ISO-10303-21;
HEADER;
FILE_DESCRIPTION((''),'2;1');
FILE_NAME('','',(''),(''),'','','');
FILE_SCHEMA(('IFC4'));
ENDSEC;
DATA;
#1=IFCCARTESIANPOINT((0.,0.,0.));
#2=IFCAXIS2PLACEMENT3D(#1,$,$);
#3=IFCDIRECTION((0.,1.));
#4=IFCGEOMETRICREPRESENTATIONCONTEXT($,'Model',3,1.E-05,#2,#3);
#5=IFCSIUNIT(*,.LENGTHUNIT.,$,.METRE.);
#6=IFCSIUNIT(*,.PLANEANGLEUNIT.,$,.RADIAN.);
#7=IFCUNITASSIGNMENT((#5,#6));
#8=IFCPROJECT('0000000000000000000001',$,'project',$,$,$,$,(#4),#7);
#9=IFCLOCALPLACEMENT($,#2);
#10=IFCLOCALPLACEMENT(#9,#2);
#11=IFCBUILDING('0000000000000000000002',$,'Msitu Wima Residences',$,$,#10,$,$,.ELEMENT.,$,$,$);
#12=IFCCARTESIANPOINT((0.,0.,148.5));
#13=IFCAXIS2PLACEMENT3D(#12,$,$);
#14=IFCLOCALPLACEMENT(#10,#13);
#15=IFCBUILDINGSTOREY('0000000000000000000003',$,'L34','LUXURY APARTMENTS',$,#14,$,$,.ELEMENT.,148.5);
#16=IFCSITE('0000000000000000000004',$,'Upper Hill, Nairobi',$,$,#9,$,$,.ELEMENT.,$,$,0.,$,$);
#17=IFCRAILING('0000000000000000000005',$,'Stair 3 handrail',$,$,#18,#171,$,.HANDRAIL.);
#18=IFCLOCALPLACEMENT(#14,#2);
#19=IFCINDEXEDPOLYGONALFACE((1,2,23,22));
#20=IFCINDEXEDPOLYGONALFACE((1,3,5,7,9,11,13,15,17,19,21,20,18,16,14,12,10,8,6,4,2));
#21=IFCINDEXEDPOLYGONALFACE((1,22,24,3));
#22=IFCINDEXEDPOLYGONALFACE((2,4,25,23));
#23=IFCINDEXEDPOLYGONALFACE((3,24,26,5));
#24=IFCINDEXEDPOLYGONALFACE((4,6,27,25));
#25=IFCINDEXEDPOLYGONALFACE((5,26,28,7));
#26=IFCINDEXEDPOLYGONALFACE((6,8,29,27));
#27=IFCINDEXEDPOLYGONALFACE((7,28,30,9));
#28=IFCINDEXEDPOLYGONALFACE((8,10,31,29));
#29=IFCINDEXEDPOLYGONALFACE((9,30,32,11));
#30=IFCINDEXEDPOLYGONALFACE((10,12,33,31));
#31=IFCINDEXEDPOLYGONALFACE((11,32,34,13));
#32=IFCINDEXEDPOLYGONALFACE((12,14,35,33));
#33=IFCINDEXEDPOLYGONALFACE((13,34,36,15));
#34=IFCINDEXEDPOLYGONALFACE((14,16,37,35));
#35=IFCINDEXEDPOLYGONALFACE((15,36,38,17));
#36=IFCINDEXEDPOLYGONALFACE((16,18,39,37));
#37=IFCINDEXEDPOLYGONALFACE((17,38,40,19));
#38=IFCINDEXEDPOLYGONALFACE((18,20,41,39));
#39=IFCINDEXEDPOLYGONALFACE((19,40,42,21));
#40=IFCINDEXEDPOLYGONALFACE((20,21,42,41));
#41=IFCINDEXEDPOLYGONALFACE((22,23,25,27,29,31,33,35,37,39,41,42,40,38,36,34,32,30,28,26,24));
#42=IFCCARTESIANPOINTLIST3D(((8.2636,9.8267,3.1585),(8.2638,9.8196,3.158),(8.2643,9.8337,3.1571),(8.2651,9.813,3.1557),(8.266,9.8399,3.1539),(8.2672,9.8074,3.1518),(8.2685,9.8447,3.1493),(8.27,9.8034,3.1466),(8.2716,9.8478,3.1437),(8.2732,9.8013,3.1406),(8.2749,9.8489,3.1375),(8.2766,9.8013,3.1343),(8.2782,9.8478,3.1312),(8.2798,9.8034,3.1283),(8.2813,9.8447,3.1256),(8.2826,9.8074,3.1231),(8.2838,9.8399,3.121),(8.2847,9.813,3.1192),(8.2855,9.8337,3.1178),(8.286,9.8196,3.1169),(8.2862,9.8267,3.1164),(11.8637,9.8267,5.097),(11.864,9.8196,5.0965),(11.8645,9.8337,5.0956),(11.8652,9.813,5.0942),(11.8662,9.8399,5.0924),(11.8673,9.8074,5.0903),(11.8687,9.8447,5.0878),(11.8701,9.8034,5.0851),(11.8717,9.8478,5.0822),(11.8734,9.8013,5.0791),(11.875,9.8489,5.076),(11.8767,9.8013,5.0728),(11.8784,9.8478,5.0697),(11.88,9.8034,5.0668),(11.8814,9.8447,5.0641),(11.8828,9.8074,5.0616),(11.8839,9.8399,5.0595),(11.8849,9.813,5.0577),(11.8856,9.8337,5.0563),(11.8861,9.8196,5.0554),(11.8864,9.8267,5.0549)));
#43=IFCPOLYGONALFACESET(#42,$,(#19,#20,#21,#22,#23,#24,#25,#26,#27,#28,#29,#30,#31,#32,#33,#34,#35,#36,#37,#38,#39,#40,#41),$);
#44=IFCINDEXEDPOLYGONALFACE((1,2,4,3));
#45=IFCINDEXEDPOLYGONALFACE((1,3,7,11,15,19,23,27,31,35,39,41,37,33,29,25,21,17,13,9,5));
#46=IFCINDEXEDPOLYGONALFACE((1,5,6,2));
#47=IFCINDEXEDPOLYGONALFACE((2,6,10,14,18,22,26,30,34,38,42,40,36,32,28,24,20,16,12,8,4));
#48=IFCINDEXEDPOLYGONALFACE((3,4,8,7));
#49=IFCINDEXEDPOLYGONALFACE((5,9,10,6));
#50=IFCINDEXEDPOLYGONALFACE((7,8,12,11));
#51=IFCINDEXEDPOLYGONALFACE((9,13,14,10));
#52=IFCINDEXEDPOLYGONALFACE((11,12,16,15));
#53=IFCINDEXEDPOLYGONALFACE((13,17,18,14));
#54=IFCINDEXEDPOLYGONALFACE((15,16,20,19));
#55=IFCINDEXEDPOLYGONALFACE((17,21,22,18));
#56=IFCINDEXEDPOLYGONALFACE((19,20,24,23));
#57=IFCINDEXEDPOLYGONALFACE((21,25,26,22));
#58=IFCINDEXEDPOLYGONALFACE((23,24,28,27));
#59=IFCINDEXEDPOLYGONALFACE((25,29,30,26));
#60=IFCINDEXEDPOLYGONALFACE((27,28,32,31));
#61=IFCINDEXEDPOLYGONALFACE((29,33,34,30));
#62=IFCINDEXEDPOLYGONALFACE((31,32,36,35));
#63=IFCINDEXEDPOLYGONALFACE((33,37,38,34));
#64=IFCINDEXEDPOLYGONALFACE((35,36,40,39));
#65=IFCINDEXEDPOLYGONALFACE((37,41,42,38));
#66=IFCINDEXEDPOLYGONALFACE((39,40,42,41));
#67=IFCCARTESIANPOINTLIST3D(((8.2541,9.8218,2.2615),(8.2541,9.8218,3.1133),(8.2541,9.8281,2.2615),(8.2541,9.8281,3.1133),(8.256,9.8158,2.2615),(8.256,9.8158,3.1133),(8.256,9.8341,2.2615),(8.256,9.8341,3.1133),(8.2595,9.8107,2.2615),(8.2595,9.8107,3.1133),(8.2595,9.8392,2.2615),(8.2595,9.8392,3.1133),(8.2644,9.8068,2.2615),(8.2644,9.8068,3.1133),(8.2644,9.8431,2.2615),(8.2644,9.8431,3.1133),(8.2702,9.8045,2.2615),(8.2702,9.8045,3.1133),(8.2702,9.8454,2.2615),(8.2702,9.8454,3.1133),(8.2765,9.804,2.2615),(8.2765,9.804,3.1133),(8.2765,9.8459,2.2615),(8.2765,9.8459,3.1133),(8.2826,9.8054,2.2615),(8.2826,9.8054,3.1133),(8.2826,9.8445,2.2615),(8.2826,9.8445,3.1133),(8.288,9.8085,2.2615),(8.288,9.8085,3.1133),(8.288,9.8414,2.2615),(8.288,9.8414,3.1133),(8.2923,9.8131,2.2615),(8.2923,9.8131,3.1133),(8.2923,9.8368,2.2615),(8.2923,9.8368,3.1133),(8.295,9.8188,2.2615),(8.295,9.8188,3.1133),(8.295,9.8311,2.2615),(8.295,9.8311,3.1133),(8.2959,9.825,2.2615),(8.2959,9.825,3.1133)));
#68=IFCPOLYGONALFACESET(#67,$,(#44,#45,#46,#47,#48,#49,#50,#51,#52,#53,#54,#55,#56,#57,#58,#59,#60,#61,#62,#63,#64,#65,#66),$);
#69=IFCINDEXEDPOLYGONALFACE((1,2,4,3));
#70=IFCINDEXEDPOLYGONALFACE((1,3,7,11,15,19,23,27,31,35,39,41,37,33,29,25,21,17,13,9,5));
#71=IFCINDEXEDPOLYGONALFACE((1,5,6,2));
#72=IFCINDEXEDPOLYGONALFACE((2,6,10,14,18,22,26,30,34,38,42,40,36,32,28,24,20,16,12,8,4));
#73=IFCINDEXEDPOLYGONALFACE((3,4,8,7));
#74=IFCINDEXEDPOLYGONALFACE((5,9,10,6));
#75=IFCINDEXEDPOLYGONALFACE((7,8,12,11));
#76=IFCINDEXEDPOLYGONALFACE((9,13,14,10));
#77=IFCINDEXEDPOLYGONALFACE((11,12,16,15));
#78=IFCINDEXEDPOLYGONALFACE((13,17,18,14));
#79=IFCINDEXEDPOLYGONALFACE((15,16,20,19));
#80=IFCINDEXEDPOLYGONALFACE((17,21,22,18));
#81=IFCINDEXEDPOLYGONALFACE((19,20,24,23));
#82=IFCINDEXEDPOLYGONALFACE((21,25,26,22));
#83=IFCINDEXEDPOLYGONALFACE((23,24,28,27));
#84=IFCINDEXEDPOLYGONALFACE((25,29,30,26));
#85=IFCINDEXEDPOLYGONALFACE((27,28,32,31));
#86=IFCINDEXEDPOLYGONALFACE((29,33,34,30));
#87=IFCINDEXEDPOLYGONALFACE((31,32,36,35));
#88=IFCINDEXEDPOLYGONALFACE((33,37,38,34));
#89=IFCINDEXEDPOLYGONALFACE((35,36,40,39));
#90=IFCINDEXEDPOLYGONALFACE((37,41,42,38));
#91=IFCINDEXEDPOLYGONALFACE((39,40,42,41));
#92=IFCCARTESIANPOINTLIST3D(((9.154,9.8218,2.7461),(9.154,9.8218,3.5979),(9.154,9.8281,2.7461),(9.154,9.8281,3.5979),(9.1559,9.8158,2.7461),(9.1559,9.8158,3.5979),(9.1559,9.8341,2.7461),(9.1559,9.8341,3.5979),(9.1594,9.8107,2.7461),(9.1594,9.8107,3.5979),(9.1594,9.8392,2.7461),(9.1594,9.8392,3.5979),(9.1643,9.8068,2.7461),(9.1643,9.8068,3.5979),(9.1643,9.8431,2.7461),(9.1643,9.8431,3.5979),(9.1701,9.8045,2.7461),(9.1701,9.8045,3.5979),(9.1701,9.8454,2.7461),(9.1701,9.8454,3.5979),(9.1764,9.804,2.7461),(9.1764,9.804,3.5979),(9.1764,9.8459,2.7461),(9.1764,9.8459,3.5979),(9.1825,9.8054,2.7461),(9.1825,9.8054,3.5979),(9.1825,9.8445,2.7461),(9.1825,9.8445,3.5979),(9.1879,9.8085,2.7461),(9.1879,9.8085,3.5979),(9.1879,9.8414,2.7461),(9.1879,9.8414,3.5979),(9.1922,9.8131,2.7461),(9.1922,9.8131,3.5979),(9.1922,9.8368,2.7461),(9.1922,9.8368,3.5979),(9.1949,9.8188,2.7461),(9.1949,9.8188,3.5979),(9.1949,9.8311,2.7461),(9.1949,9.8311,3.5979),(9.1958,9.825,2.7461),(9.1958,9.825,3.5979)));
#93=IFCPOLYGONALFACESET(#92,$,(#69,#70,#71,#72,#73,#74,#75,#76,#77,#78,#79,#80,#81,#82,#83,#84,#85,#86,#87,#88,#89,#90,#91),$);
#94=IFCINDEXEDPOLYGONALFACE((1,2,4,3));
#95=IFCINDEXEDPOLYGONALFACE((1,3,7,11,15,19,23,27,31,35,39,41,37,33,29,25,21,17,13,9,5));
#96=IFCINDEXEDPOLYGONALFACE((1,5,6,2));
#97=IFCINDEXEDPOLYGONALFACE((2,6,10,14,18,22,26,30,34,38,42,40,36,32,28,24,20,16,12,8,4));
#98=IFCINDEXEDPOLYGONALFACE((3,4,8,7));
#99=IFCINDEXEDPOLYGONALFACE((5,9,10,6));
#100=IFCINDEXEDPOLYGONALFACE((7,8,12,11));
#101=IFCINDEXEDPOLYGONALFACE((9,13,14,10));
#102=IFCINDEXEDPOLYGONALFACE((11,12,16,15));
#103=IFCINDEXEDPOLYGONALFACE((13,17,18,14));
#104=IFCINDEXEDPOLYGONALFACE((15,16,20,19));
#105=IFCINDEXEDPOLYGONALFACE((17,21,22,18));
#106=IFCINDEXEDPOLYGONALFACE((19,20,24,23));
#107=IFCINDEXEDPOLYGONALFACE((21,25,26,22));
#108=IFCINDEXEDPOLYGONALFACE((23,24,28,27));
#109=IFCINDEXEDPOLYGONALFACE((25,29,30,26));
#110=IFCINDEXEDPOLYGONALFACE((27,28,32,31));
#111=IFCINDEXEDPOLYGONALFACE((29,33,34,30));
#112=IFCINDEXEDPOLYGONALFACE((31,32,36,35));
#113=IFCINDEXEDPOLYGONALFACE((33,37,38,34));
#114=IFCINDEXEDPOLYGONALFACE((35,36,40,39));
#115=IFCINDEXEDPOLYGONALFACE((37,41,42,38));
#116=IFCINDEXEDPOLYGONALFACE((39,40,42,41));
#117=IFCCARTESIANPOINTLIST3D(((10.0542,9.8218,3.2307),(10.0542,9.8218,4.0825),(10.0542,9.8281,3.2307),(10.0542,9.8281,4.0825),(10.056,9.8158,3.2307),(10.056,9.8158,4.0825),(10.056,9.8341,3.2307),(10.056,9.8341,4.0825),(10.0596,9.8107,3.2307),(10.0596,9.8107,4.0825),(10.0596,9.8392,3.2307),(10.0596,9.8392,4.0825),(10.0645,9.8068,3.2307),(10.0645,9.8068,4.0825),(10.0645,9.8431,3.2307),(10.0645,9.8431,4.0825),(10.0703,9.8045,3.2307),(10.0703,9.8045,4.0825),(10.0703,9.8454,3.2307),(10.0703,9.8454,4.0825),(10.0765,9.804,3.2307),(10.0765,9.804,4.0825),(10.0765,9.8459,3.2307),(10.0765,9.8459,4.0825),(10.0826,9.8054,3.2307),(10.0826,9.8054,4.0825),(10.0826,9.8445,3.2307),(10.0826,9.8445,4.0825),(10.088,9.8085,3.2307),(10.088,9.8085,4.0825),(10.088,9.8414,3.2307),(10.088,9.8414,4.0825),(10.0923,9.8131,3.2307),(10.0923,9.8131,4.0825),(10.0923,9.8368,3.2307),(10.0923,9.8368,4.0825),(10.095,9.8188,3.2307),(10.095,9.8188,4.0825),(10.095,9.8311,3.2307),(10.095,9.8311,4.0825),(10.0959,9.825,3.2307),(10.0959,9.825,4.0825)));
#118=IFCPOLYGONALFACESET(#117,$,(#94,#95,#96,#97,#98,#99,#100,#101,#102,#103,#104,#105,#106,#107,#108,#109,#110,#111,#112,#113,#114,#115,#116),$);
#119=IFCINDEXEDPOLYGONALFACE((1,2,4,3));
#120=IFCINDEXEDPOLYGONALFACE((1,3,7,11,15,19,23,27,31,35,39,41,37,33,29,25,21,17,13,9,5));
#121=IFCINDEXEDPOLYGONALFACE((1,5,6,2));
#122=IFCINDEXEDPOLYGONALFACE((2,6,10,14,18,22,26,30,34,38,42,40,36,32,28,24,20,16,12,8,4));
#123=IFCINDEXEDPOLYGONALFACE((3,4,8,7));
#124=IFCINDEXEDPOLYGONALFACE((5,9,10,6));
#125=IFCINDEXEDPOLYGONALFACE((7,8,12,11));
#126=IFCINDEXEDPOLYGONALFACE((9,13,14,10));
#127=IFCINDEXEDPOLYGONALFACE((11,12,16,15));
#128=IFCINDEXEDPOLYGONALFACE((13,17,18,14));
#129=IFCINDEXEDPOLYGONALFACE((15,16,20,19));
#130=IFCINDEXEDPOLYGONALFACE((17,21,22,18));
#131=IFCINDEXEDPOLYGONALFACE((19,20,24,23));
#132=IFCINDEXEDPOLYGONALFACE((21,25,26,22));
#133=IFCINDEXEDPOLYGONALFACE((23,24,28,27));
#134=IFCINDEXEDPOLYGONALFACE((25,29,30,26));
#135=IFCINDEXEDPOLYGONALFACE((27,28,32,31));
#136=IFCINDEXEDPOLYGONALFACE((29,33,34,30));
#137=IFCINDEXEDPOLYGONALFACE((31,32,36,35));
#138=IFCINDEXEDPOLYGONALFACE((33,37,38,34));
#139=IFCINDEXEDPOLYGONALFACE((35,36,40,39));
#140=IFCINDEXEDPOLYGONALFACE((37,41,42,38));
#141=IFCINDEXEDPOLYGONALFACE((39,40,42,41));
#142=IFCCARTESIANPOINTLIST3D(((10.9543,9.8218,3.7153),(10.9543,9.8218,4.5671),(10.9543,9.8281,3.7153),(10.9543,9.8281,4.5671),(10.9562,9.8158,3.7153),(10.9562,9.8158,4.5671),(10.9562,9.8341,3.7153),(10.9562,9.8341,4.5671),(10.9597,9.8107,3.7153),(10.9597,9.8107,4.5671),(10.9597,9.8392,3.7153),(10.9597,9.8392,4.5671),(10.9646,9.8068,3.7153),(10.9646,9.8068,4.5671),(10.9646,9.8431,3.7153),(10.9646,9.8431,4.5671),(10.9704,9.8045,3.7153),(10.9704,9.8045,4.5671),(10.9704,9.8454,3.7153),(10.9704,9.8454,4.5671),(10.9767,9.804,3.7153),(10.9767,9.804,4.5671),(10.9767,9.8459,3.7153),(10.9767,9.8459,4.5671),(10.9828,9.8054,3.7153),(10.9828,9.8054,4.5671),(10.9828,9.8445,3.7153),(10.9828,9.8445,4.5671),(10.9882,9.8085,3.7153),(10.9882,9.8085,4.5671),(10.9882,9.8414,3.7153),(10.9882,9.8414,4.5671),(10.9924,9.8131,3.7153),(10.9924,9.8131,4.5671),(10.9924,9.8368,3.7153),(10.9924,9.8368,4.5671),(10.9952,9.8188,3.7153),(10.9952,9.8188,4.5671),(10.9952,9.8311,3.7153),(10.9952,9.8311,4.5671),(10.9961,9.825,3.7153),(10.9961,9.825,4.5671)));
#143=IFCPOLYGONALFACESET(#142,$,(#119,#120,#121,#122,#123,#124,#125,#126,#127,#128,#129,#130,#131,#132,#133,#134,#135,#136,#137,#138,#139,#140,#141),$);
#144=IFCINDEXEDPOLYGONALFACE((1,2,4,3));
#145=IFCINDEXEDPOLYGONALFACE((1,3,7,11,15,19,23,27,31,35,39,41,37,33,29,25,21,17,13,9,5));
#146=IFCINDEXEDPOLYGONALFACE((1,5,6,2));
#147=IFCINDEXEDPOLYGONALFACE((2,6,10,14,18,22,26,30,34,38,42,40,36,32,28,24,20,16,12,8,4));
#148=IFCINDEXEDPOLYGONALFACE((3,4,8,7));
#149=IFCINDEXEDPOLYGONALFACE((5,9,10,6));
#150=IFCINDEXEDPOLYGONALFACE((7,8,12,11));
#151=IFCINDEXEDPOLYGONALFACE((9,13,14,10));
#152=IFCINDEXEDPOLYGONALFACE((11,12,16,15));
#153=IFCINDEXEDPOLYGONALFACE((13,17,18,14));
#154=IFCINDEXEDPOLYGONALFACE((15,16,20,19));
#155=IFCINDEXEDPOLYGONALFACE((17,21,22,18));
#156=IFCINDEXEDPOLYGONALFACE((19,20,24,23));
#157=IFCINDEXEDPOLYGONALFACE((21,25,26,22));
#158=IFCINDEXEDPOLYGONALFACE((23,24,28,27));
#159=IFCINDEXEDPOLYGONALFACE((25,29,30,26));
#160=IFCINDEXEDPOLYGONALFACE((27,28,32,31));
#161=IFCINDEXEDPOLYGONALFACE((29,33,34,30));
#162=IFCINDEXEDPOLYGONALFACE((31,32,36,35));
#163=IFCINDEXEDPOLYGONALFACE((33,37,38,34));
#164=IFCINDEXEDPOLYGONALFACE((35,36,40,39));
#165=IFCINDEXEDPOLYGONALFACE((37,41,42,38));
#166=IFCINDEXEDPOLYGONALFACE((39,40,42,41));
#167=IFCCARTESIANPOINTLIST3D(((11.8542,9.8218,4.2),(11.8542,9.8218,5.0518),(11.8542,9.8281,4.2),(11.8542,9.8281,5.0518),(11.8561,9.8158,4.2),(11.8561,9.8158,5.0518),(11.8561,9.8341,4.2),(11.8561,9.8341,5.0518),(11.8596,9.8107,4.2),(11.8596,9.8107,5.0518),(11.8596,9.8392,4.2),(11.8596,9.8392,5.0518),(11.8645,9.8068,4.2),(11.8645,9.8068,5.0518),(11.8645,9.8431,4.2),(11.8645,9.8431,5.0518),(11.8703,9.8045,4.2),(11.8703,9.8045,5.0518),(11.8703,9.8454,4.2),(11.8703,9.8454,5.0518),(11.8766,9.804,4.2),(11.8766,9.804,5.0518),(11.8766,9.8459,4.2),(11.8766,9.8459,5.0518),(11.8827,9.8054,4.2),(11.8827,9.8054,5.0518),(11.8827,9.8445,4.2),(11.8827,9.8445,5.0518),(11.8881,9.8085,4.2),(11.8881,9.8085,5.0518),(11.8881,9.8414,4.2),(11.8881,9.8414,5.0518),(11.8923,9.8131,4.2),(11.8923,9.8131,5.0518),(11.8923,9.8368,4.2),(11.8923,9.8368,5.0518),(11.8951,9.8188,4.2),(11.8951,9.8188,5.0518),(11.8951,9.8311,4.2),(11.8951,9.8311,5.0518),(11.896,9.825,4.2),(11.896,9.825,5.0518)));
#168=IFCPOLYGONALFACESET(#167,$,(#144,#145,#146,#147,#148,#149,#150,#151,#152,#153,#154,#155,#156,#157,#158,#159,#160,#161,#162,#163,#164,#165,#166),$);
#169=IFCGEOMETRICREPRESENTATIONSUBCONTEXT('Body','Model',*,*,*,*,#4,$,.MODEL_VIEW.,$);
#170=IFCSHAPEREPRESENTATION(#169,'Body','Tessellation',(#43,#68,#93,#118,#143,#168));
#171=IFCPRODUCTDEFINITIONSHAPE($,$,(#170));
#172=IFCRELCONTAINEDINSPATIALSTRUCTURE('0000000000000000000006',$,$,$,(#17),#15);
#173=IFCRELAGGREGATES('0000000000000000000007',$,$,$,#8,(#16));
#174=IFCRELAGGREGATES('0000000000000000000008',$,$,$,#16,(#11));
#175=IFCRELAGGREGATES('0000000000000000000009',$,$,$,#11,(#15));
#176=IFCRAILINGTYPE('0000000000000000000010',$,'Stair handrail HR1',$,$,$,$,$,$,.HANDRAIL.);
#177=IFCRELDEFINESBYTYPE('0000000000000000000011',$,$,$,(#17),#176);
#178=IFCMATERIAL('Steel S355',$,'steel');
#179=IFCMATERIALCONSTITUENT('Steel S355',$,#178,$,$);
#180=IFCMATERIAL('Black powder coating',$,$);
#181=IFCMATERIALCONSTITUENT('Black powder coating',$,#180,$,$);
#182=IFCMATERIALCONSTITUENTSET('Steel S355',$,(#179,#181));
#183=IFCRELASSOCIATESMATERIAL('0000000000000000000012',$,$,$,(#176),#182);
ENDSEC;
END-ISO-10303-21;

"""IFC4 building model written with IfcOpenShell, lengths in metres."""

from ifc_helpers import new_model, si_unit, direction, frame, origin, origin_2d, place, context, subcontext, project, spatial, circle, extrude, material, constituent, constituent_set, type_object, element, save


model = new_model("IFC4")

# Units and contexts
model_context = context("Model", 3, precision=1e-05, world=origin(), true_north=direction((0.0, 1.0)))
body_context = subcontext(model_context, "Body", "Model", "MODEL_VIEW")
ifc_project = project(units=[si_unit("LENGTHUNIT", "METRE"), si_unit("PLANEANGLEUNIT", "RADIAN")], contexts=[model_context])

# Site, building, storey
site_placement = place(None, origin())
site = spatial("IfcSite", under=ifc_project, at=site_placement, Name="Upper Hill, Nairobi", CompositionType="ELEMENT", RefElevation=0.0)
building_placement = place(site_placement, origin())
building = spatial("IfcBuilding", under=site, at=building_placement, Name="Msitu Wima Residences", CompositionType="ELEMENT")
storey_placement = place(building_placement, frame((0.0, 0.0, 148.5)))
storey = spatial("IfcBuildingStorey", under=building, at=storey_placement, Name="L34", Description="LUXURY APARTMENTS", CompositionType="ELEMENT", Elevation=148.5)

# Railing
ifc_material_1 = material(Name="Steel S355", Category="steel")
ifc_constituent_1 = constituent(ifc_material_1, Name="Steel S355")
ifc_material_2 = material(Name="Black powder coating")
ifc_constituent_2 = constituent(ifc_material_2, Name="Black powder coating")
ifc_constituent_set_1 = constituent_set(constituents=[ifc_constituent_1, ifc_constituent_2], Name="Steel S355")
railing_type_1 = type_object("IfcRailingType", Name="Stair handrail HR1", PredefinedType="HANDRAIL", material=ifc_constituent_set_1)
railing_1_placement = place(storey_placement, frame((8.2749, 9.825, 2.2615)))
element("IfcRailing", 1, at=railing_1_placement, inside=storey, type_object=railing_type_1, Name="Stair 3 handrail", PredefinedType="HANDRAIL", context=body_context, shape_type="SweptSolid", body=[
    extrude(circle(Radius=0.0239, at=origin_2d()), frame((0.0, 0.0, 0.876), z_axis=(0.880475, 0.0, 0.474093), x_axis=(0.0, 1.0, 0.0)), (0.0, 0.0, 1.0), 4.0889),
    extrude(circle(Radius=0.021, at=origin_2d()), origin(), (0.0, 0.0, 1.0), 0.8518),
    extrude(circle(Radius=0.021, at=origin_2d()), frame((0.8999, 0.0, 0.4846)), (0.0, 0.0, 1.0), 0.8518),
    extrude(circle(Radius=0.021, at=origin_2d()), frame((1.8, 0.0, 0.9692)), (0.0, 0.0, 1.0), 0.8518),
    extrude(circle(Radius=0.021, at=origin_2d()), frame((2.7002, 0.0, 1.4539)), (0.0, 0.0, 1.0), 0.8518),
    extrude(circle(Radius=0.021, at=origin_2d()), frame((3.6001, 0.0, 1.9385)), (0.0, 0.0, 1.0), 0.8518),
])

save(model, "model.ifc")
